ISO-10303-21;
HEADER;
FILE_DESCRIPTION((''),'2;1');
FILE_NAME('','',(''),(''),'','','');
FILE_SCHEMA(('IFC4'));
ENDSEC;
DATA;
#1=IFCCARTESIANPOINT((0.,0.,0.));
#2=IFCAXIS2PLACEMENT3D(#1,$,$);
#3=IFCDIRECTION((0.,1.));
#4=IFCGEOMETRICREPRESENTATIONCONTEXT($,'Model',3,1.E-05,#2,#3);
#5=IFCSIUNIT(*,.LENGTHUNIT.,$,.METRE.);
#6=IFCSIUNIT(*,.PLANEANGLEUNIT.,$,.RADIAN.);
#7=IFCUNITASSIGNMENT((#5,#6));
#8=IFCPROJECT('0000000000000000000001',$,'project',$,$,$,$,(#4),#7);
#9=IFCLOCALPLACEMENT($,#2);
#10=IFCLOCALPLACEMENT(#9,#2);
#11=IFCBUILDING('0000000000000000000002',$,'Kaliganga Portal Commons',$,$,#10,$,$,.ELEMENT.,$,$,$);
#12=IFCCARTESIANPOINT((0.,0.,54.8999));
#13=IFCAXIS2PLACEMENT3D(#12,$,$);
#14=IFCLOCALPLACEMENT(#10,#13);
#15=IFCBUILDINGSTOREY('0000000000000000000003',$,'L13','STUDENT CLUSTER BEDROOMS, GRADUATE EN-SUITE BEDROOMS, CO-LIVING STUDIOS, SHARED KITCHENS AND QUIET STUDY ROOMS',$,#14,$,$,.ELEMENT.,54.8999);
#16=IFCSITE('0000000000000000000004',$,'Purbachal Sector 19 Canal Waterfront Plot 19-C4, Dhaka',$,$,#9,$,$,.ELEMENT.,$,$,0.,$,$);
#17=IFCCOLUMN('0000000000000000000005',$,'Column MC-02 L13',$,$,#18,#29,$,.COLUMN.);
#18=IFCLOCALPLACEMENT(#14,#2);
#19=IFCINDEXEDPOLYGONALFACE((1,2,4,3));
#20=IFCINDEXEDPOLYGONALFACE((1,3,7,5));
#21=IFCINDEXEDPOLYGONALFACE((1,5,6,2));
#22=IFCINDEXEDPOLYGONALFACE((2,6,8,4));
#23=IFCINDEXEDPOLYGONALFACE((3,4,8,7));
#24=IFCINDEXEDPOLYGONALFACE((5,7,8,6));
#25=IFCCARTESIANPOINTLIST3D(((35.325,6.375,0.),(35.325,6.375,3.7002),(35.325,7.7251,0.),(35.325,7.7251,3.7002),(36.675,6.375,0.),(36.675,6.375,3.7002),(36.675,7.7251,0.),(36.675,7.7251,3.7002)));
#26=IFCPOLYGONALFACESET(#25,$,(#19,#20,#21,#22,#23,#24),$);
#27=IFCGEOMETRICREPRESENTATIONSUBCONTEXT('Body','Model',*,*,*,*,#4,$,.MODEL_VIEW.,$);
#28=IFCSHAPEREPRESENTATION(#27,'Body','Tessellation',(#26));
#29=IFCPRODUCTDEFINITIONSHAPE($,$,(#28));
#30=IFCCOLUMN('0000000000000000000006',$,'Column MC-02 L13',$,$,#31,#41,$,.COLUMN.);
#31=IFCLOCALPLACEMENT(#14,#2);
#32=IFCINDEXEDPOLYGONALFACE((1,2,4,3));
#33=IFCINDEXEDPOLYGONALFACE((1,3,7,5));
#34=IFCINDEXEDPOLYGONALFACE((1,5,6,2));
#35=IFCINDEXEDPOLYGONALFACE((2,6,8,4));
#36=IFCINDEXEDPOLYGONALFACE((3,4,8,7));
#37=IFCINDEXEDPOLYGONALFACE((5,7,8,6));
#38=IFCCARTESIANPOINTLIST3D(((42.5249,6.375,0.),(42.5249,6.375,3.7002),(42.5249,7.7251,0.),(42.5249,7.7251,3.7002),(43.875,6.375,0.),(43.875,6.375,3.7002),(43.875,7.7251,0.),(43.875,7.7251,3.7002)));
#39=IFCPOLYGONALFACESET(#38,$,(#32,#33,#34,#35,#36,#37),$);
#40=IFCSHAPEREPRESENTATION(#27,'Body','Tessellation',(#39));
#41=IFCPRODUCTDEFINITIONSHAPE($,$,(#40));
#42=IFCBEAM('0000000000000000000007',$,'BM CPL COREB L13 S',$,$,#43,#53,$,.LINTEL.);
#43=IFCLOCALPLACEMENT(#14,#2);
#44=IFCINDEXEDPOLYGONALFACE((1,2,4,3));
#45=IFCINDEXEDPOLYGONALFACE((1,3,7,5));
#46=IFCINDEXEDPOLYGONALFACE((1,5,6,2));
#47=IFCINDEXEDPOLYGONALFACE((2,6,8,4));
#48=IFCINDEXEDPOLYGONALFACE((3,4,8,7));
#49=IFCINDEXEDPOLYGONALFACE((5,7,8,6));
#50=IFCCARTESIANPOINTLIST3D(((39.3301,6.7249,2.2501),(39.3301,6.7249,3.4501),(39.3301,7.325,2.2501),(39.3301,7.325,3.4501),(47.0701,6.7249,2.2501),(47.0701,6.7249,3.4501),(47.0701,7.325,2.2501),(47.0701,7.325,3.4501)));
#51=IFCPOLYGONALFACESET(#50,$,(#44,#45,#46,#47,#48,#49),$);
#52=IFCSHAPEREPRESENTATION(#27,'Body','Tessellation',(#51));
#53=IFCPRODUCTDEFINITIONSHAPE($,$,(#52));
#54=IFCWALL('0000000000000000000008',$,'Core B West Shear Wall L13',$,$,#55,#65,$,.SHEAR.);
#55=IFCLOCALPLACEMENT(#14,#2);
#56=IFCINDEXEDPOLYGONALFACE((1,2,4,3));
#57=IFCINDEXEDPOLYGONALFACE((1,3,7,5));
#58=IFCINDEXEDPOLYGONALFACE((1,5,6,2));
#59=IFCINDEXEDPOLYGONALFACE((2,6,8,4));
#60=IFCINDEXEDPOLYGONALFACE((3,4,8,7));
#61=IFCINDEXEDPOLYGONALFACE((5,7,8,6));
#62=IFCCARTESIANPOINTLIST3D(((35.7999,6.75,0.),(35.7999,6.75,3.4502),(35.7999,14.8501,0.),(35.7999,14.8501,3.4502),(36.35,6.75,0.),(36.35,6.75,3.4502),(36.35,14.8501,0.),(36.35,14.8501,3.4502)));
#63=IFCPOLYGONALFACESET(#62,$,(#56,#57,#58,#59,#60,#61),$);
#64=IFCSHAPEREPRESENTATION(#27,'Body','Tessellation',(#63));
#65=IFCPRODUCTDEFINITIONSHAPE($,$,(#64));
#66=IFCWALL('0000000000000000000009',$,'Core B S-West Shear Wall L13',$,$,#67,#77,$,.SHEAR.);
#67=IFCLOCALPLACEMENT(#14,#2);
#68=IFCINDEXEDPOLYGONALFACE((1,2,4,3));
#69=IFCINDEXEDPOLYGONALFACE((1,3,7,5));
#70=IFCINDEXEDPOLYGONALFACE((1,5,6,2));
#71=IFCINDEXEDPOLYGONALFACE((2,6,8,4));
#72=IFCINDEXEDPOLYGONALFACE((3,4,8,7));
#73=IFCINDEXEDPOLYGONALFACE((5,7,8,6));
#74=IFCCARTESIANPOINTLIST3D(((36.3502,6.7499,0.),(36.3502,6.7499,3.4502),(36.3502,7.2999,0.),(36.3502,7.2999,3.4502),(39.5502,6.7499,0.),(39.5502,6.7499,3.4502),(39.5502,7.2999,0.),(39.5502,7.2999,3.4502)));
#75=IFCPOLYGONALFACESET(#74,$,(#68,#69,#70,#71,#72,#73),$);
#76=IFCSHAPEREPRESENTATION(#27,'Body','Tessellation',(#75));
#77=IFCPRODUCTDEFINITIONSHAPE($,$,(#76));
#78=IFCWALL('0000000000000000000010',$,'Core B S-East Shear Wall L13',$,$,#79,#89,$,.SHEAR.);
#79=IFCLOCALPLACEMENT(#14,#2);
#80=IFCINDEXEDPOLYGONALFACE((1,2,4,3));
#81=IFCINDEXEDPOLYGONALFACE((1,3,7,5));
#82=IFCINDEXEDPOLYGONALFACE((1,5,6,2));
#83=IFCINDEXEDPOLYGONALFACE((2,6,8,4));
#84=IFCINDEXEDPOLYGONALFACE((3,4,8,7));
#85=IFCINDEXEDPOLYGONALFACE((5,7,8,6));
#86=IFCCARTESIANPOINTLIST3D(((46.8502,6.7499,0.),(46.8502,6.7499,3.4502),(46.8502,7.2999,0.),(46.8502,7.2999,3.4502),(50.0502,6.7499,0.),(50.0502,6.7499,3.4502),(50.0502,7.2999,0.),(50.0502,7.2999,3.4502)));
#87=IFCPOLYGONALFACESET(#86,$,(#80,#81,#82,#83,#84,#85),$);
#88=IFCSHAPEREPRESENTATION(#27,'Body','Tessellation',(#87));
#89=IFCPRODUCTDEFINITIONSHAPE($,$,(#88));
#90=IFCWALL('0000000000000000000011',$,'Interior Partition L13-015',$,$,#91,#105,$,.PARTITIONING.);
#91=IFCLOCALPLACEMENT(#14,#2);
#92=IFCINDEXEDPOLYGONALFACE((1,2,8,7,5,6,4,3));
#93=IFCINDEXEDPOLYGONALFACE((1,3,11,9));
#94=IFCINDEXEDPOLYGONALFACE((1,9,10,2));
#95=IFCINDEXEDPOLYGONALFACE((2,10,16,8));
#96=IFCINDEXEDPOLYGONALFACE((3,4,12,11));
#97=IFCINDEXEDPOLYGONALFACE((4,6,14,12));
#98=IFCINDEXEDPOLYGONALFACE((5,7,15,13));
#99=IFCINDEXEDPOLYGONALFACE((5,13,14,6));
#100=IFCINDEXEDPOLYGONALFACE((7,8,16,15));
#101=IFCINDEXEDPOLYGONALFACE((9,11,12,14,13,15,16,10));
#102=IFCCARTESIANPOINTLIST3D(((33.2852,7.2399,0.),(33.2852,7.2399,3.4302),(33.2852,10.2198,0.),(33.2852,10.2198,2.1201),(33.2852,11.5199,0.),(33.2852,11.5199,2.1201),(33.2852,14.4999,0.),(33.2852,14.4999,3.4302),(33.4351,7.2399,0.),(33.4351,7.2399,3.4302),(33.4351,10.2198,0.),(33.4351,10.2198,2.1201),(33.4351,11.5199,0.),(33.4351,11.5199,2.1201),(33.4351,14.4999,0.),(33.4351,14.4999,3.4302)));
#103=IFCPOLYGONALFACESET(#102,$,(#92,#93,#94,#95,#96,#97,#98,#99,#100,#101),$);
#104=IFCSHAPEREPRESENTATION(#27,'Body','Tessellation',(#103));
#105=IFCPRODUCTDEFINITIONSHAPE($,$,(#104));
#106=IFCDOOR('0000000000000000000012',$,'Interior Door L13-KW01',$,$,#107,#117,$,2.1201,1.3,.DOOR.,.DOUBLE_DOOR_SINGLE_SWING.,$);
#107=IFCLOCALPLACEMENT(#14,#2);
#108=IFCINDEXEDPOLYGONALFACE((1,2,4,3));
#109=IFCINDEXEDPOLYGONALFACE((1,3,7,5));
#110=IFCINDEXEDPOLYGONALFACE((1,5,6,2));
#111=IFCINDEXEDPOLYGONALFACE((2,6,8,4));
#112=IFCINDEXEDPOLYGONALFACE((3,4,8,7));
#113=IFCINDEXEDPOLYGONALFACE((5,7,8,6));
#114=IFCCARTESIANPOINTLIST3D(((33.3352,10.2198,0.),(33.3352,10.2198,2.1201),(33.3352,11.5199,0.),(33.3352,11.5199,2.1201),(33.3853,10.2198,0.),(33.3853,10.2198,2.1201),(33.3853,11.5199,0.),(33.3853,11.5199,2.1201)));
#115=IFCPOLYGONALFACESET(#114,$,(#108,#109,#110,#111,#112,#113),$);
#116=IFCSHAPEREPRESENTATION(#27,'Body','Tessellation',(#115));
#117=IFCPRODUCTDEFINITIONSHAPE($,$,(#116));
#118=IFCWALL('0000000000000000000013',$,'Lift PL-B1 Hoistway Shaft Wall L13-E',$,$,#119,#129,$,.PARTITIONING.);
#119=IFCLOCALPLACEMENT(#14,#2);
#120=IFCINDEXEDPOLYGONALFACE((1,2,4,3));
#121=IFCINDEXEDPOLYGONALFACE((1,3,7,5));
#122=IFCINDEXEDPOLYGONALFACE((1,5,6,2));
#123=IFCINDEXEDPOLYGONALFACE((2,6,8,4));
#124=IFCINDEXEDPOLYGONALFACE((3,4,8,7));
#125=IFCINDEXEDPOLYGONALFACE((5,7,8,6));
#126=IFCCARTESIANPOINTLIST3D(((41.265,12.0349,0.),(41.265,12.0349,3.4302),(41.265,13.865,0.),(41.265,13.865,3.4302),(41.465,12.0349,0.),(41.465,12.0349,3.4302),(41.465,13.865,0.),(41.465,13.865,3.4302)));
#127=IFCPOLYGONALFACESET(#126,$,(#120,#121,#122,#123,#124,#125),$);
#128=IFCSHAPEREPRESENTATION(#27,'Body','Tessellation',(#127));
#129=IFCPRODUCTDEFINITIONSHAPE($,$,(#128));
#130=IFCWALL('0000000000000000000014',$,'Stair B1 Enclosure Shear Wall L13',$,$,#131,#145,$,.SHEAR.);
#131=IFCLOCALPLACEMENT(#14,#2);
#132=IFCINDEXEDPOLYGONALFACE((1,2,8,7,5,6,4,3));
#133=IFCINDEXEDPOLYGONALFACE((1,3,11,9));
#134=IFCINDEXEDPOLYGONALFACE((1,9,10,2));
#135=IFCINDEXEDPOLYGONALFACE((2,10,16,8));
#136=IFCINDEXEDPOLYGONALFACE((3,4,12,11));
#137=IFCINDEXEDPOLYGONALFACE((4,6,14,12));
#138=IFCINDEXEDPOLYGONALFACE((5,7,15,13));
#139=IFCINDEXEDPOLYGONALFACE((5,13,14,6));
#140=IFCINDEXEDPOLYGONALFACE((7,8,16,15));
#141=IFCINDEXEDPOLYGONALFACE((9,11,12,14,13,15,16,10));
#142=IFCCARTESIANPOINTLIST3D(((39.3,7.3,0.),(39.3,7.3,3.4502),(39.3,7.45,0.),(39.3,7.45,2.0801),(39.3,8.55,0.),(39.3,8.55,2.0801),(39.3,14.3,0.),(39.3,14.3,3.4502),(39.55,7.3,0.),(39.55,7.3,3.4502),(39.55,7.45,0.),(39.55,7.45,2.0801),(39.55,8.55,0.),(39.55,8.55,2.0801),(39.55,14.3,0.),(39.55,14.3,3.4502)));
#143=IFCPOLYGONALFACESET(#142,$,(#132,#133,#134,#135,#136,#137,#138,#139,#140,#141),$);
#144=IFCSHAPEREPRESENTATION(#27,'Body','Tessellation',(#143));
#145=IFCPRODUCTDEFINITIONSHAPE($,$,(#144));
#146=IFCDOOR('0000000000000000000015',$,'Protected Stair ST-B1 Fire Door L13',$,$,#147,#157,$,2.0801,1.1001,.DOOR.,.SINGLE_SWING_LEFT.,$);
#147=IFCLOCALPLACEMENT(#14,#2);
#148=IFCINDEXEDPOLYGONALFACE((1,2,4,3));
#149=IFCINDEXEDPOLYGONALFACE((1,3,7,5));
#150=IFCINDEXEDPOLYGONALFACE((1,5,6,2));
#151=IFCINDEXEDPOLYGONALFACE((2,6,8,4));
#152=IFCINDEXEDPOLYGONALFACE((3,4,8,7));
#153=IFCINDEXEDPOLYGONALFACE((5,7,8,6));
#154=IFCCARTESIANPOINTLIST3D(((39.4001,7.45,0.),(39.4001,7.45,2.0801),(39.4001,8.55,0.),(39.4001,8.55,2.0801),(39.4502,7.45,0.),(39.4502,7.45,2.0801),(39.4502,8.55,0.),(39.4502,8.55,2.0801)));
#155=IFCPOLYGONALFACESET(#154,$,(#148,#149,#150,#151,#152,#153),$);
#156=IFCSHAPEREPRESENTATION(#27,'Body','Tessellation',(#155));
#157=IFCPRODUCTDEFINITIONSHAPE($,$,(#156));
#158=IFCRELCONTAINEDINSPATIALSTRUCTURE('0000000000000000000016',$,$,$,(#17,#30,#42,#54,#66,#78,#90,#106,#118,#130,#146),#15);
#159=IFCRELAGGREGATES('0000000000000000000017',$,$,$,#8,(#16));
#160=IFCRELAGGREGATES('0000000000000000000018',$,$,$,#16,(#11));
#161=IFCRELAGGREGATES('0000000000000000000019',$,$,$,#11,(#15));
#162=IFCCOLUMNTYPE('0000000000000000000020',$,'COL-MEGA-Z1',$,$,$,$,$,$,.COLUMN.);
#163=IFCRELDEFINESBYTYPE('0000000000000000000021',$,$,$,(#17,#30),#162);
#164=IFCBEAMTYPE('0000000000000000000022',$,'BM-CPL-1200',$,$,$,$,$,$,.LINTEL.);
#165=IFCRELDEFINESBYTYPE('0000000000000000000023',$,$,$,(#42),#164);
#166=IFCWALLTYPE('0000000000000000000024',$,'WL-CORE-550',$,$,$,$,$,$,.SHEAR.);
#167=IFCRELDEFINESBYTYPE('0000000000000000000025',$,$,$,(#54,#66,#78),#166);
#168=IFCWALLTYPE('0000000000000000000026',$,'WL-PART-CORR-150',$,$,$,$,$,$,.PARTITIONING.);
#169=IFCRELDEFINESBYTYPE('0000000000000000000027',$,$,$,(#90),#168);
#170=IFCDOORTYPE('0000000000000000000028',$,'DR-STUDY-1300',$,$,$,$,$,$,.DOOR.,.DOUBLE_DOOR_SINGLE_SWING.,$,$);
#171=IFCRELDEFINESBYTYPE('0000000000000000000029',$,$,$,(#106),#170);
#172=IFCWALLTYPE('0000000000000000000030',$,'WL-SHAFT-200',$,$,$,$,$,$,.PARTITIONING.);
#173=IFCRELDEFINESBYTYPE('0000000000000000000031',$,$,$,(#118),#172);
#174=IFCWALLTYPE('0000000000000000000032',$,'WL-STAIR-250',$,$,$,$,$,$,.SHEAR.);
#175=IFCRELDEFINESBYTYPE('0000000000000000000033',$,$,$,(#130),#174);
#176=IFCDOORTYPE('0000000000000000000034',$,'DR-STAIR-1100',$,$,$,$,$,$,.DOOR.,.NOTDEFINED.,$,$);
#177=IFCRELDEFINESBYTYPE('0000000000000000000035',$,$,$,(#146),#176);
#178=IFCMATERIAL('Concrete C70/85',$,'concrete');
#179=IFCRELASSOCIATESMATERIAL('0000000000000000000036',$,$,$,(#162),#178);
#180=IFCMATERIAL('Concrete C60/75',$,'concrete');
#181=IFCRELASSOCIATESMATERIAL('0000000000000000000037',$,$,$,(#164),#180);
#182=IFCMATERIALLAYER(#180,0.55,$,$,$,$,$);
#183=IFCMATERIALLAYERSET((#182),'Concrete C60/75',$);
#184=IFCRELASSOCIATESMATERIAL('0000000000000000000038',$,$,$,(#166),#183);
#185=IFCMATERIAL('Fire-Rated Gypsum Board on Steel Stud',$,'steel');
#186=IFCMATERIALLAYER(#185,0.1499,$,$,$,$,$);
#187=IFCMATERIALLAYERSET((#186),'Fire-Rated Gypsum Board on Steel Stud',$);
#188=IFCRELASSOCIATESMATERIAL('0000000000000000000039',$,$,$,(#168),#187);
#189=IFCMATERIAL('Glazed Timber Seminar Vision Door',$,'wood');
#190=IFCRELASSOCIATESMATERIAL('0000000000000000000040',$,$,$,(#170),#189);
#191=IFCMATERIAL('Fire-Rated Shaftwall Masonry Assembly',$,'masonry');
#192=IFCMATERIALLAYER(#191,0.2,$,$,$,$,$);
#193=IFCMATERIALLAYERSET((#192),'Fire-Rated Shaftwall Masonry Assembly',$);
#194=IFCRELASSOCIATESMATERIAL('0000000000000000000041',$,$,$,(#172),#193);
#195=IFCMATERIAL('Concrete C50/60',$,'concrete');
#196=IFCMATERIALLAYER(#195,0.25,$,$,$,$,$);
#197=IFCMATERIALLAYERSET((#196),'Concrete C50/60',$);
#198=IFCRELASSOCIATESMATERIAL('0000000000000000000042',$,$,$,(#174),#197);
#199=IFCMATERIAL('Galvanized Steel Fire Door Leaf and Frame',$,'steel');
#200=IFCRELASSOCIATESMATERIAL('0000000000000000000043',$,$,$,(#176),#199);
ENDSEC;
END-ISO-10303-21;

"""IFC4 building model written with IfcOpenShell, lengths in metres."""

from ifc_helpers import new_model, si_unit, direction, frame, frame_2d, origin, origin_2d, place, context, subcontext, project, spatial, rectangle, extrude, source, transform, mapped, material, layer, layer_set, material_profile, profile_set, type_object, element, fill, save


model = new_model("IFC4")

# Units and contexts
model_context = context("Model", 3, precision=1e-05, world=origin(), true_north=direction((0.0, 1.0)))
body_context = subcontext(model_context, "Body", "Model", "MODEL_VIEW")
ifc_project = project(units=[si_unit("LENGTHUNIT", "METRE"), si_unit("PLANEANGLEUNIT", "RADIAN")], contexts=[model_context])

# Site, building, storey
site_placement = place(None, origin())
site = spatial("IfcSite", under=ifc_project, at=site_placement, Name="Purbachal Sector 19 Canal Waterfront Plot 19-C4, Dhaka", CompositionType="ELEMENT", RefElevation=0.0)
building_placement = place(site_placement, origin())
building = spatial("IfcBuilding", under=site, at=building_placement, Name="Kaliganga Portal Commons", CompositionType="ELEMENT")
storey_placement = place(building_placement, frame((0.0, 0.0, 54.8999)))
storey = spatial("IfcBuildingStorey", under=building, at=storey_placement, Name="L13", Description="STUDENT CLUSTER BEDROOMS, GRADUATE EN-SUITE BEDROOMS, CO-LIVING STUDIOS, SHARED KITCHENS AND QUIET STUDY ROOMS", CompositionType="ELEMENT", Elevation=54.8999)

# Columns
ifc_material_1 = material(Name="Concrete C70/85", Category="concrete")
ifc_material_profile_1 = material_profile(ifc_material_1, rectangle(XDim=1.3501, YDim=1.3501, at=origin_2d()), Name="RC 1350x1350")
ifc_profile_set_1 = profile_set([ifc_material_profile_1], Name="Concrete C70/85")
column_type = type_object("IfcColumnType", Name="COL-MEGA-Z1", PredefinedType="COLUMN", material=ifc_profile_set_1)
shared_shape_1 = source(origin(), body_context, "Body", "SweptSolid", [
    extrude(rectangle(XDim=1.3501, YDim=1.3501, at=origin_2d()), origin(), (0.0, 0.0, 1.0), 3.7002),
])
for number, where, z_axis, x_axis, name in (
    (1, (36.0, 7.05, 0.0), (0.0, 0.0, 1.0), (1.0, 0.0, 0.0), "Column MC-02 L13"),
    (2, (43.2, 7.05, 0.0), (0.0, 0.0, 1.0), (1.0, 0.0, 0.0), "Column MC-02 L13"),
):
    element("IfcColumn", number, at=place(storey_placement, frame(where, z_axis=z_axis, x_axis=x_axis)), inside=storey, type_object=column_type, Name=name, PredefinedType="COLUMN", context=body_context, shape_type="MappedRepresentation", body=[
        mapped(shared_shape_1, transform((0.0, 0.0, 0.0), x_axis=(1.0, 0.0, 0.0), y_axis=(0.0, 1.0, 0.0), z_axis=(0.0, 0.0, 1.0), scale=1.0)),
    ])

# Beam
ifc_material_2 = material(Name="Concrete C60/75", Category="concrete")
ifc_material_profile_2 = material_profile(ifc_material_2, rectangle(XDim=0.6001, YDim=1.2, at=origin_2d()), Name="RC 600x1200")
ifc_profile_set_2 = profile_set([ifc_material_profile_2], Name="Concrete C60/75")
beam_type = type_object("IfcBeamType", Name="BM-CPL-1200", PredefinedType="LINTEL", material=ifc_profile_set_2)
shared_shape_2 = source(origin(), body_context, "Body", "SweptSolid", [
    extrude(rectangle(XDim=0.6001, YDim=1.2, at=origin_2d()), origin(), (0.0, 0.0, 1.0), 7.74),
])
beam_placement = place(storey_placement, frame((39.3301, 7.0249, 2.8501), z_axis=(1.0, 0.0, 0.0), x_axis=(0.0, 1.0, 0.0)))
element("IfcBeam", 3, at=beam_placement, inside=storey, type_object=beam_type, Name="BM CPL COREB L13 S", PredefinedType="LINTEL", context=body_context, shape_type="MappedRepresentation", body=[
    mapped(shared_shape_2, transform((0.0, 0.0, 0.0), x_axis=(1.0, 0.0, 0.0), y_axis=(0.0, 1.0, 0.0), z_axis=(0.0, 0.0, 1.0), scale=1.0)),
])

# Walls
ifc_layer_1 = layer(ifc_material_2, 0.55)
ifc_layer_set_1 = layer_set([ifc_layer_1], Name="Concrete C60/75")
wall_type_1 = type_object("IfcWallType", Name="WL-CORE-550", PredefinedType="SHEAR", material=ifc_layer_set_1)
wall_1_placement = place(storey_placement, frame((36.075, 6.75, 0.0), z_axis=(0.0, 0.0, 1.0), x_axis=(0.0, 1.0, 0.0)))
element("IfcWall", 4, at=wall_1_placement, inside=storey, type_object=wall_type_1, Name="Core B West Shear Wall L13", PredefinedType="SHEAR", context=body_context, shape_type="SweptSolid", body=[
    extrude(rectangle(XDim=8.1001, YDim=0.55, at=frame_2d((4.05, 0.0))), origin(), (0.0, 0.0, 1.0), 3.4502),
])
for number, where, z_axis, x_axis, name in (
    (5, (36.3501, 7.0249, 0.0), (0.0, 0.0, 1.0), (1.0, 0.0, 0.0), "Core B S-West Shear Wall L13"),
    (6, (46.8501, 7.0249, 0.0), (0.0, 0.0, 1.0), (1.0, 0.0, 0.0), "Core B S-East Shear Wall L13"),
):
    element("IfcWall", number, at=place(storey_placement, frame(where, z_axis=z_axis, x_axis=x_axis)), inside=storey, type_object=wall_type_1, Name=name, PredefinedType="SHEAR", context=body_context, shape_type="SweptSolid", body=[
        extrude(rectangle(XDim=3.2, YDim=0.55, at=frame_2d((1.6001, 0.0))), origin(), (0.0, 0.0, 1.0), 3.4502),
    ])

# Wall, opening, door
ifc_material_3 = material(Name="Fire-Rated Gypsum Board on Steel Stud", Category="steel")
ifc_layer_2 = layer(ifc_material_3, 0.1499)
ifc_layer_set_2 = layer_set([ifc_layer_2], Name="Fire-Rated Gypsum Board on Steel Stud")
wall_type_2 = type_object("IfcWallType", Name="WL-PART-CORR-150", PredefinedType="PARTITIONING", material=ifc_layer_set_2)
wall_2_placement = place(storey_placement, frame((33.3601, 7.24, 0.0), z_axis=(0.0, 0.0, 1.0), x_axis=(0.0, 1.0, 0.0)))
wall_2 = element("IfcWall", 7, at=wall_2_placement, inside=storey, type_object=wall_type_2, Name="Interior Partition L13-015", PredefinedType="PARTITIONING", context=body_context, shape_type="SweptSolid", body=[
    extrude(rectangle(XDim=7.26, YDim=0.1499, at=frame_2d((3.6299, 0.0))), origin(), (0.0, 0.0, 1.0), 3.4302),
])
opening_1_placement = place(wall_2_placement, frame((2.98, 0.0, 0.0)))
opening_1 = element("IfcOpeningElement", 8, at=opening_1_placement, cuts=wall_2, PredefinedType="OPENING", context=body_context, shape_type="SweptSolid", body=[
    extrude(rectangle(XDim=1.3, YDim=2.1201, at=frame_2d((0.6499, 1.0601))), frame((0.0, 0.085, 0.0), z_axis=(0.0, -1.0, 0.0), x_axis=(1.0, 0.0, 0.0)), (0.0, 0.0, 1.0), 0.1699),
])
ifc_material_4 = material(Name="Glazed Timber Seminar Vision Door", Category="wood")
door_type_1 = type_object("IfcDoorType", Name="DR-STUDY-1300", OperationType="DOUBLE_DOOR_SINGLE_SWING", PredefinedType="DOOR", material=ifc_material_4)
door_1_placement = place(opening_1_placement, origin())
door_1 = element("IfcDoor", 9, at=door_1_placement, inside=storey, type_object=door_type_1, Name="Interior Door L13-KW01", OperationType="DOUBLE_DOOR_SINGLE_SWING", OverallHeight=2.1201, OverallWidth=1.3, PredefinedType="DOOR", context=body_context, shape_type="SweptSolid", body=[
    extrude(rectangle(XDim=1.3, YDim=2.1201, at=frame_2d((0.6499, 1.0601))), frame((0.0, 0.0249, 0.0), z_axis=(0.0, -1.0, 0.0), x_axis=(1.0, 0.0, 0.0)), (0.0, 0.0, 1.0), 0.05),
])
fill(opening_1, door_1)
ifc_material_5 = material(Name="Fire-Rated Shaftwall Masonry Assembly", Category="masonry")
ifc_layer_3 = layer(ifc_material_5, 0.2)
ifc_layer_set_3 = layer_set([ifc_layer_3], Name="Fire-Rated Shaftwall Masonry Assembly")
wall_type_3 = type_object("IfcWallType", Name="WL-SHAFT-200", PredefinedType="PARTITIONING", material=ifc_layer_set_3)

# Wall
wall_3_placement = place(storey_placement, frame((41.365, 12.0349, 0.0), z_axis=(0.0, 0.0, 1.0), x_axis=(0.0, 1.0, 0.0)))
element("IfcWall", 10, at=wall_3_placement, inside=storey, type_object=wall_type_3, Name="Lift PL-B1 Hoistway Shaft Wall L13-E", PredefinedType="PARTITIONING", context=body_context, shape_type="SweptSolid", body=[
    extrude(rectangle(XDim=1.8301, YDim=0.2, at=frame_2d((0.915, 0.0))), origin(), (0.0, 0.0, 1.0), 3.4302),
])

# Wall, opening, door
ifc_material_6 = material(Name="Concrete C50/60", Category="concrete")
ifc_layer_4 = layer(ifc_material_6, 0.25)
ifc_layer_set_4 = layer_set([ifc_layer_4], Name="Concrete C50/60")
wall_type_4 = type_object("IfcWallType", Name="WL-STAIR-250", PredefinedType="SHEAR", material=ifc_layer_set_4)
wall_4_placement = place(storey_placement, frame((39.425, 7.3, 0.0), z_axis=(0.0, 0.0, 1.0), x_axis=(0.0, 1.0, 0.0)))
wall_4 = element("IfcWall", 11, at=wall_4_placement, inside=storey, type_object=wall_type_4, Name="Stair B1 Enclosure Shear Wall L13", PredefinedType="SHEAR", context=body_context, shape_type="SweptSolid", body=[
    extrude(rectangle(XDim=7.0, YDim=0.25, at=frame_2d((3.5, 0.0))), origin(), (0.0, 0.0, 1.0), 3.4502),
])
opening_2_placement = place(wall_4_placement, frame((0.1499, 0.0, 0.0)))
opening_2 = element("IfcOpeningElement", 12, at=opening_2_placement, cuts=wall_4, PredefinedType="OPENING", context=body_context, shape_type="SweptSolid", body=[
    extrude(rectangle(XDim=1.1001, YDim=2.0801, at=frame_2d((0.55, 1.04))), frame((0.0, 0.135, 0.0), z_axis=(0.0, -1.0, 0.0), x_axis=(1.0, 0.0, 0.0)), (0.0, 0.0, 1.0), 0.27),
])
ifc_material_7 = material(Name="Galvanized Steel Fire Door Leaf and Frame", Category="steel")
door_type_2 = type_object("IfcDoorType", Name="DR-STAIR-1100", OperationType="NOTDEFINED", PredefinedType="DOOR", material=ifc_material_7)
door_2_placement = place(opening_2_placement, origin())
door_2 = element("IfcDoor", 13, at=door_2_placement, inside=storey, type_object=door_type_2, Name="Protected Stair ST-B1 Fire Door L13", OperationType="SINGLE_SWING_LEFT", OverallHeight=2.0801, OverallWidth=1.1001, PredefinedType="DOOR", context=body_context, shape_type="SweptSolid", body=[
    extrude(rectangle(XDim=1.1001, YDim=2.0801, at=frame_2d((0.55, 1.04))), frame((0.0, 0.0249, 0.0), z_axis=(0.0, -1.0, 0.0), x_axis=(1.0, 0.0, 0.0)), (0.0, 0.0, 1.0), 0.05),
])
fill(opening_2, door_2)

save(model, "model.ifc")
